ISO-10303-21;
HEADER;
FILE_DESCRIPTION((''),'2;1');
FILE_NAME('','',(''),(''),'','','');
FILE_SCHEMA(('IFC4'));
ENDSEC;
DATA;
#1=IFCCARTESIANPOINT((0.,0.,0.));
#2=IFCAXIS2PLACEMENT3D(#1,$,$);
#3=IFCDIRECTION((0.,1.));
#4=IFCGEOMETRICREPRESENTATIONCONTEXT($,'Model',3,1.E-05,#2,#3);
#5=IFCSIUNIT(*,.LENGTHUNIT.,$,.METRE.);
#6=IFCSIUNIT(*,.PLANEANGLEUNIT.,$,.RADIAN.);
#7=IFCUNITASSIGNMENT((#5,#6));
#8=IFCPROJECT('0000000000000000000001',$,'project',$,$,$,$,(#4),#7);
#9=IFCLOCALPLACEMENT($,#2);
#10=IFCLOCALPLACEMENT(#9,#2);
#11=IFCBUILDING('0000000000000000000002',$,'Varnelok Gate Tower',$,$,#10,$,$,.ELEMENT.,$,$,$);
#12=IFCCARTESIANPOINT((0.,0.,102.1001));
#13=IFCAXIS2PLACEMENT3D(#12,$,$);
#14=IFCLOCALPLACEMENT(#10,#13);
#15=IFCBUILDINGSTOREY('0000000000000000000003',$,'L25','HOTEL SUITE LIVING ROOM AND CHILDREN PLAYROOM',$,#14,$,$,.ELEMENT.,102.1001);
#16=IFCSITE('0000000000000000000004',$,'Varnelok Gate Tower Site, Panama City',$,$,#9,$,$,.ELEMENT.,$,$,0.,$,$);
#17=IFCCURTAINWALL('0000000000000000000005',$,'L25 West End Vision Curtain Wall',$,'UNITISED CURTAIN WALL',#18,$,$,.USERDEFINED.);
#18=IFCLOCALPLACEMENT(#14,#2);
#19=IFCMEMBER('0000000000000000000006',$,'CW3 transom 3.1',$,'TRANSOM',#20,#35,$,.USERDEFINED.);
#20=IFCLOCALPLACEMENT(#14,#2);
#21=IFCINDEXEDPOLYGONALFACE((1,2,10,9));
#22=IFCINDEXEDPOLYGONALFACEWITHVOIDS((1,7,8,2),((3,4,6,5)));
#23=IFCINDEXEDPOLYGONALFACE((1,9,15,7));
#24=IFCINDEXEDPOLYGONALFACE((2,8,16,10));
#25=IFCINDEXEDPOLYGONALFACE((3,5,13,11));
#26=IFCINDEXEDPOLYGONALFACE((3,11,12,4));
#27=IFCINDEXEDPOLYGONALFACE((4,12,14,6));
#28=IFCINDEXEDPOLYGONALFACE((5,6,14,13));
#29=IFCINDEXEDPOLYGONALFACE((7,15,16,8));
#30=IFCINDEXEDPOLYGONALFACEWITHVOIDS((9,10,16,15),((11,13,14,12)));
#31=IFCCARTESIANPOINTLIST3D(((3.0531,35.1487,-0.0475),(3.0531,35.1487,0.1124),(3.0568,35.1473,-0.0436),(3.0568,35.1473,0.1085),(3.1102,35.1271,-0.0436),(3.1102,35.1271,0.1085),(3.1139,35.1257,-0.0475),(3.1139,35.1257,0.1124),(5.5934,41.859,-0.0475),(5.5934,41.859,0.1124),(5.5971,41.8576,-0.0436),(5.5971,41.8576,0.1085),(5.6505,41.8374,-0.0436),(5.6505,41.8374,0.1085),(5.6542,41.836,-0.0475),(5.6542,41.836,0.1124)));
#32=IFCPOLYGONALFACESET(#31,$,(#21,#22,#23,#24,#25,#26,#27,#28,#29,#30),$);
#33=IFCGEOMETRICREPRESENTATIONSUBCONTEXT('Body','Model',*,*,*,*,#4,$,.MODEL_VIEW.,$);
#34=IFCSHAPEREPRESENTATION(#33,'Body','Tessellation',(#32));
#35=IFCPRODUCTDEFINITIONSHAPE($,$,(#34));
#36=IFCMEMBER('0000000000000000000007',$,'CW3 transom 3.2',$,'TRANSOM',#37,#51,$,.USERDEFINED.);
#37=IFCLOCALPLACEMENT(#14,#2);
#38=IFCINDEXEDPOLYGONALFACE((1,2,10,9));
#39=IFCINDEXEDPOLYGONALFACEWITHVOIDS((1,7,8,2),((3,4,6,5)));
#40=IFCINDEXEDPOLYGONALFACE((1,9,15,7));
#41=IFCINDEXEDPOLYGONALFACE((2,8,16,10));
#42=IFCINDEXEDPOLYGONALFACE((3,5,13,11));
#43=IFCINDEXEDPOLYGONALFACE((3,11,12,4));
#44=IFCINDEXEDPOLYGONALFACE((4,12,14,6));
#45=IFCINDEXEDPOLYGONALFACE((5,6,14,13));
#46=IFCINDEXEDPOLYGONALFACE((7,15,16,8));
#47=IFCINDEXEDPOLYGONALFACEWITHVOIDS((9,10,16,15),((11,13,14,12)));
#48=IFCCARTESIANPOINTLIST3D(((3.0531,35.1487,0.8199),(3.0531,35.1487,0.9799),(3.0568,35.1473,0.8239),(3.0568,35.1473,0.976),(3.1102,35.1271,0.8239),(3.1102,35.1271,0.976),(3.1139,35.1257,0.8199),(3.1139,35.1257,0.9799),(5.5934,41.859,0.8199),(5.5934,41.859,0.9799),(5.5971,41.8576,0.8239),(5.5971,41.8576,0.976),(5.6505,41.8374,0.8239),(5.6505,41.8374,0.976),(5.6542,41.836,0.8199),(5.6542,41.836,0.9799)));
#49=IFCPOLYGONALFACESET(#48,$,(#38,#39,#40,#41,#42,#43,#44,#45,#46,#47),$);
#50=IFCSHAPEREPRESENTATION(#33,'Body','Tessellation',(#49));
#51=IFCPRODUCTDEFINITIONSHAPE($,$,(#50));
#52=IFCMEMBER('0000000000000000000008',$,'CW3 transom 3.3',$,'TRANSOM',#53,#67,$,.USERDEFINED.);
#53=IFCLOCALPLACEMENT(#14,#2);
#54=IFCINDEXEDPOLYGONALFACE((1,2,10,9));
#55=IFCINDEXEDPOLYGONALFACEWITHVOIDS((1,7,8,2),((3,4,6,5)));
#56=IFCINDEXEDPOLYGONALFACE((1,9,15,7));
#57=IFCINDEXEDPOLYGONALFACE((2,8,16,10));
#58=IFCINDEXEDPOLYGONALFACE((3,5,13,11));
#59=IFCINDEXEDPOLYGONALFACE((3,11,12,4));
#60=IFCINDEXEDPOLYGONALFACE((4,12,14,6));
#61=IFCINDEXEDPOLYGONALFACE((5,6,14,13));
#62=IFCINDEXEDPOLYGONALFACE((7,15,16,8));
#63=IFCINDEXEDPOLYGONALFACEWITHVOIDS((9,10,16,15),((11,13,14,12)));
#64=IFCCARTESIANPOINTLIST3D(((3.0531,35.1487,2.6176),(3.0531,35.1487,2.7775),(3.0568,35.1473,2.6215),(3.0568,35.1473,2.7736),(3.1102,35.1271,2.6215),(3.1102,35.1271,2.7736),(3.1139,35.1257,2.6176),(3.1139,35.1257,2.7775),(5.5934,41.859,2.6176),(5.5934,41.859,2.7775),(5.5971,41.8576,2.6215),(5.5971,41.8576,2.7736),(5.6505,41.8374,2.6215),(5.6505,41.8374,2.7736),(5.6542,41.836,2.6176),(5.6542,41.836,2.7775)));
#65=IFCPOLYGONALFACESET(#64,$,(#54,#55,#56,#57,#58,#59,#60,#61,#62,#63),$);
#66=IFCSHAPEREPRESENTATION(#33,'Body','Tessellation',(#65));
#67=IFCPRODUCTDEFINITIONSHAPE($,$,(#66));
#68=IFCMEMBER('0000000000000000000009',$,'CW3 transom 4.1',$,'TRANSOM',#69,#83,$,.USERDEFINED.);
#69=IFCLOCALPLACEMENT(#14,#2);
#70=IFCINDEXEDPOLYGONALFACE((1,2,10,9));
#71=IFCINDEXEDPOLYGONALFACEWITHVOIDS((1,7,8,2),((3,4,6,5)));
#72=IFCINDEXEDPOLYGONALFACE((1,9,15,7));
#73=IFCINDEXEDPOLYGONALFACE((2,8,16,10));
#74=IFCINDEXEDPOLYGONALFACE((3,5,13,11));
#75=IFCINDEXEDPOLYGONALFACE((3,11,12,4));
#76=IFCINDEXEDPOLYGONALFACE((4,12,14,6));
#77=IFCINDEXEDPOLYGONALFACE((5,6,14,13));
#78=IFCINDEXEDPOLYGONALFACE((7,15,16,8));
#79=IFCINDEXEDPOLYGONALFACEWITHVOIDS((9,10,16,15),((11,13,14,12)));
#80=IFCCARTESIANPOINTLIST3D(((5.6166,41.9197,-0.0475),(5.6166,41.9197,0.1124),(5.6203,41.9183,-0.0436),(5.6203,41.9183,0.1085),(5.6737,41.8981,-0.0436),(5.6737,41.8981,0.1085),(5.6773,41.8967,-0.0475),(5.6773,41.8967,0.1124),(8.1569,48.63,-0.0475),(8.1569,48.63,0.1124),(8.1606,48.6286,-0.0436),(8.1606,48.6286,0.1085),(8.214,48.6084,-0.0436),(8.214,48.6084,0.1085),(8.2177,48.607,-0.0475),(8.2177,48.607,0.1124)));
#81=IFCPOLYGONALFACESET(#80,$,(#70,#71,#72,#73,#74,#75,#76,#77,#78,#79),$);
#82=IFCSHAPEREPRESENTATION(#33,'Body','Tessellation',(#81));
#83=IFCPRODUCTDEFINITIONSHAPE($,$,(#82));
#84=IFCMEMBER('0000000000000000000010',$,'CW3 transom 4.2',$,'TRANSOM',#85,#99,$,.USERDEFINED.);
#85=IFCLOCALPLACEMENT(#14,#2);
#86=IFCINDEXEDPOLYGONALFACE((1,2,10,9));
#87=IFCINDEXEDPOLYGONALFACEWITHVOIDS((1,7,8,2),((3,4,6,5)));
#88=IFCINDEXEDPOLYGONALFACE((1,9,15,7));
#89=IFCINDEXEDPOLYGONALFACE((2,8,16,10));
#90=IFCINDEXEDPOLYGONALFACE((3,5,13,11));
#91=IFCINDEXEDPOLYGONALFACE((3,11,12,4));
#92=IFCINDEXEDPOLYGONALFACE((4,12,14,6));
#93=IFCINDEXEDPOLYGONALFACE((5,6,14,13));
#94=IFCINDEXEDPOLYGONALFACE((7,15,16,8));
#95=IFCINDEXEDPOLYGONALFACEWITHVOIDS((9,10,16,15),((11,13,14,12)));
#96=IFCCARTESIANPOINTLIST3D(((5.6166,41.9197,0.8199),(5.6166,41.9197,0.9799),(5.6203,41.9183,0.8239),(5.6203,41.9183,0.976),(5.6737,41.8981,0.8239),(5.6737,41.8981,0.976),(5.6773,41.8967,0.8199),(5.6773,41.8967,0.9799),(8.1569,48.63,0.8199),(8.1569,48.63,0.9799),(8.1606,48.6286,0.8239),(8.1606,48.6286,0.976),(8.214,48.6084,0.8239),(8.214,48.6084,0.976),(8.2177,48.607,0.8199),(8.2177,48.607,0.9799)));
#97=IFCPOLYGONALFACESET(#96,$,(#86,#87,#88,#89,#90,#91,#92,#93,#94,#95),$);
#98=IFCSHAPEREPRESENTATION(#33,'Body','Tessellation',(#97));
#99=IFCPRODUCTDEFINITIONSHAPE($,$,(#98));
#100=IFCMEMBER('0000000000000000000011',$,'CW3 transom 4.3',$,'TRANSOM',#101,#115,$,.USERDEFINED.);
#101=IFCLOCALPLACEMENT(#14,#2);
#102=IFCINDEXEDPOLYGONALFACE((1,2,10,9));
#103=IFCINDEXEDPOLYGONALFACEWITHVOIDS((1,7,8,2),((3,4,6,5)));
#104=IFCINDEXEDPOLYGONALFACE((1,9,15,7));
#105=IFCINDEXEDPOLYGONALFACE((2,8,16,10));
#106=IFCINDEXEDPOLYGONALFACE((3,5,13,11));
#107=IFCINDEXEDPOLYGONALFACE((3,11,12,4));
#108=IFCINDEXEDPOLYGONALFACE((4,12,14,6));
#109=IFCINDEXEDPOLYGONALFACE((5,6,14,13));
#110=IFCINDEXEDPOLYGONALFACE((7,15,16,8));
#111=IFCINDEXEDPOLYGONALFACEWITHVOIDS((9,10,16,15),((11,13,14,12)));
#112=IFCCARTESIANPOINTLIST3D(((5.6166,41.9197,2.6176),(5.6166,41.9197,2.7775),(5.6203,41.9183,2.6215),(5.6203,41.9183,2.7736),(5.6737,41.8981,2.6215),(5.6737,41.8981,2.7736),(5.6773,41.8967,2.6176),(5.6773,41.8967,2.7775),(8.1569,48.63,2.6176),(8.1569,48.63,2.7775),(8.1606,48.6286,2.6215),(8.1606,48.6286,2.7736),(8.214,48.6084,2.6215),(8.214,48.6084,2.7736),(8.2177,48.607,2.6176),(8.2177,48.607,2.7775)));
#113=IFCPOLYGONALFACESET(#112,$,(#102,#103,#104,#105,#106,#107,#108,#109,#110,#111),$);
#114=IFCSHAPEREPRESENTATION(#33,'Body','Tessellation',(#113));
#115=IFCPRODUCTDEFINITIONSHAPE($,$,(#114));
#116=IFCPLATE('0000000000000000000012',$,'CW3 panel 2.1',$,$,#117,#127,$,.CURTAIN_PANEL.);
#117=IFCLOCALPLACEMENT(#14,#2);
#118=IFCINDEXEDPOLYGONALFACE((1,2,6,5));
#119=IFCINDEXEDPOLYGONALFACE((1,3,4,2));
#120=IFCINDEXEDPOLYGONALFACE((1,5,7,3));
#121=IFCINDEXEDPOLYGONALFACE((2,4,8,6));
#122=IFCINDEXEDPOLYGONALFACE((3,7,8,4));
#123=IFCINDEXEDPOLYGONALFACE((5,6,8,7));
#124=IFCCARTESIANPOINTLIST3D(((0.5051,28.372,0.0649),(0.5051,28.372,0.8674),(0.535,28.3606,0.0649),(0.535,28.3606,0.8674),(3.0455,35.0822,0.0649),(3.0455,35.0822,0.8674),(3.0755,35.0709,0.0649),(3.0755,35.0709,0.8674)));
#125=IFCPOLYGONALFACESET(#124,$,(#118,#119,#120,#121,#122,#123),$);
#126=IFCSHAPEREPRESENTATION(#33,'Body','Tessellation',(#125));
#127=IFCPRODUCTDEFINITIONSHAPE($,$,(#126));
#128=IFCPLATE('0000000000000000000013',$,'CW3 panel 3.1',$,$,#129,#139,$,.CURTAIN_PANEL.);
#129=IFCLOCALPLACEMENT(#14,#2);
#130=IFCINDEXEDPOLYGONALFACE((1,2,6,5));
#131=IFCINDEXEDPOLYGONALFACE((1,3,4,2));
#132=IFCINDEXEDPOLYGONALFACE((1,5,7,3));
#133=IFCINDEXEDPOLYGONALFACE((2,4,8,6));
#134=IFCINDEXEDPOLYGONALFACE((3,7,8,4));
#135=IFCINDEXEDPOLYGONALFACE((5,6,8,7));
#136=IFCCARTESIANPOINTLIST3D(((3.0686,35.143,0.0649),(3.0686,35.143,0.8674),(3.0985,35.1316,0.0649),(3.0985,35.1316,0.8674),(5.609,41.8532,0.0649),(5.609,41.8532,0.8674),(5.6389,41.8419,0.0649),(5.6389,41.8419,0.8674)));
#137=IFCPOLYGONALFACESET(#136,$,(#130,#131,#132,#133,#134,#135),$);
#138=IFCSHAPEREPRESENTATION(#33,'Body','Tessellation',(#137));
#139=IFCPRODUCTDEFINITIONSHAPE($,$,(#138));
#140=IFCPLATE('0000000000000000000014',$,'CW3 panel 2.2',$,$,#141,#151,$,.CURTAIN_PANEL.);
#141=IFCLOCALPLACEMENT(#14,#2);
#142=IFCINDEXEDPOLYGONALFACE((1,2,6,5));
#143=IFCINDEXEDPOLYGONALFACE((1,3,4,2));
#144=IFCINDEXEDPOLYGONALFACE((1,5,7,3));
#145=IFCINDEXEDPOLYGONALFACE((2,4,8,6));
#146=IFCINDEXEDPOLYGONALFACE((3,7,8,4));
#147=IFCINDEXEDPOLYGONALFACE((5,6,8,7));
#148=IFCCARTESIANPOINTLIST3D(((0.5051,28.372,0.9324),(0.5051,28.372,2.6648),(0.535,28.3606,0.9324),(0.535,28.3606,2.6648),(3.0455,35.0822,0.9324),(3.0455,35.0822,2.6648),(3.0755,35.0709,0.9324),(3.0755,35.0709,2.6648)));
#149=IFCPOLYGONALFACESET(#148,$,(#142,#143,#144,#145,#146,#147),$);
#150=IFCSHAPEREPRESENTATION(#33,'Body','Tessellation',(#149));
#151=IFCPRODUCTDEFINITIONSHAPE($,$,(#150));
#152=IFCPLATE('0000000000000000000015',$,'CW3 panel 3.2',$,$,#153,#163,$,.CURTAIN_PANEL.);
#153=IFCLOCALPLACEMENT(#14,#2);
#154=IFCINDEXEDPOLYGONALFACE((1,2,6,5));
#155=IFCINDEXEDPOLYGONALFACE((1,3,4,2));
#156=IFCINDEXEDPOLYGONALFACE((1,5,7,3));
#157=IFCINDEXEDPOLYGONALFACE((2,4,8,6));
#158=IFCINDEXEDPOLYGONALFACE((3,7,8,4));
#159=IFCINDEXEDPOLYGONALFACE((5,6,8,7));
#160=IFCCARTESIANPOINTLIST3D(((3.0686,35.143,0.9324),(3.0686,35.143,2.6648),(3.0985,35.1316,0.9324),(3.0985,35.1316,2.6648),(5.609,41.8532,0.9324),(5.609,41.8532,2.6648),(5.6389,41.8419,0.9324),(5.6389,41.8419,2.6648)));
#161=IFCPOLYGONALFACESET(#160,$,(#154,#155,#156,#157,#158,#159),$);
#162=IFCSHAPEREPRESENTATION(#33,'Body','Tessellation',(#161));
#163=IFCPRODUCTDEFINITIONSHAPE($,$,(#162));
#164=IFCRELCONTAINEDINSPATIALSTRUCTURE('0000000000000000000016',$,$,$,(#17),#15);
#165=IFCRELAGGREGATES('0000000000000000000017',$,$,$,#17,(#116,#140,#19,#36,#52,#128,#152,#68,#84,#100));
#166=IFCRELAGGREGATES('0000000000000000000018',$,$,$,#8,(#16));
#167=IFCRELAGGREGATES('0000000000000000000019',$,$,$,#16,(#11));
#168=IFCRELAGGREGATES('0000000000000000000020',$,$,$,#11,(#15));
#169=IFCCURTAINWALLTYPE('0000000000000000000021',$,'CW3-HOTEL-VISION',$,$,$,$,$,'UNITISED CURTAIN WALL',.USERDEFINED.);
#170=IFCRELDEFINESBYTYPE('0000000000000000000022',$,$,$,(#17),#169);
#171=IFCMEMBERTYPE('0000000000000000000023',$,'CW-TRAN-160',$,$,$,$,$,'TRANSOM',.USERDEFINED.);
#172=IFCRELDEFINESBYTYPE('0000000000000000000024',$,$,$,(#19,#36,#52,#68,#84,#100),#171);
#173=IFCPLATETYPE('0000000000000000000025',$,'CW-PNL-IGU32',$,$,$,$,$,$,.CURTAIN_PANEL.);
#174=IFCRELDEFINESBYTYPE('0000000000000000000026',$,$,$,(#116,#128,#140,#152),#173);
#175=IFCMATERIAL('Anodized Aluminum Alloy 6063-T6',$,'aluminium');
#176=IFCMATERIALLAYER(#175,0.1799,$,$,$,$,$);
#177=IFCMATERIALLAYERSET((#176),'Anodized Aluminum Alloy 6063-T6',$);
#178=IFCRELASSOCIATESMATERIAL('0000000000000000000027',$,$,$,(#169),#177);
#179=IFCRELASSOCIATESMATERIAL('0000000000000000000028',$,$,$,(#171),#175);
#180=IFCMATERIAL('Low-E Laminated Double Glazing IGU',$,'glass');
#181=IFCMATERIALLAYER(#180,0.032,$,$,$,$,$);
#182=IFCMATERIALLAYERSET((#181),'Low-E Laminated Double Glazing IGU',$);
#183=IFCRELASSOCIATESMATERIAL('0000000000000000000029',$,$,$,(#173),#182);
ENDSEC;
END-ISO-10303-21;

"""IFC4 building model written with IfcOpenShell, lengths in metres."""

from ifc_helpers import new_model, si_unit, direction, frame, origin, origin_2d, place, context, subcontext, project, spatial, rectangle, hollow_rectangle, extrude, source, transform, mapped, material, layer, layer_set, material_profile, profile_set, type_object, element, aggregate, save


model = new_model("IFC4")

# Units and contexts
model_context = context("Model", 3, precision=1e-05, world=origin(), true_north=direction((0.0, 1.0)))
body_context = subcontext(model_context, "Body", "Model", "MODEL_VIEW")
ifc_project = project(units=[si_unit("LENGTHUNIT", "METRE"), si_unit("PLANEANGLEUNIT", "RADIAN")], contexts=[model_context])

# Site, building, storey
site_placement = place(None, origin())
site = spatial("IfcSite", under=ifc_project, at=site_placement, Name="Varnelok Gate Tower Site, Panama City", CompositionType="ELEMENT", RefElevation=0.0)
building_placement = place(site_placement, origin())
building = spatial("IfcBuilding", under=site, at=building_placement, Name="Varnelok Gate Tower", CompositionType="ELEMENT")
storey_placement = place(building_placement, frame((0.0, 0.0, 102.1001)))
storey = spatial("IfcBuildingStorey", under=building, at=storey_placement, Name="L25", Description="HOTEL SUITE LIVING ROOM AND CHILDREN PLAYROOM", CompositionType="ELEMENT", Elevation=102.1001)

# Curtain wall, members, plates
ifc_material_1 = material(Name="Anodized Aluminum Alloy 6063-T6", Category="aluminium")
ifc_layer_1 = layer(ifc_material_1, 0.1799)
ifc_layer_set_1 = layer_set([ifc_layer_1], Name="Anodized Aluminum Alloy 6063-T6")
curtain_wall_type = type_object("IfcCurtainWallType", Name="CW3-HOTEL-VISION", ElementType="UNITISED CURTAIN WALL", PredefinedType="USERDEFINED", material=ifc_layer_set_1)
curtain_wall_placement = place(storey_placement, origin())
curtain_wall = element("IfcCurtainWall", 1, at=curtain_wall_placement, inside=storey, type_object=curtain_wall_type, Name="L25 West End Vision Curtain Wall", ObjectType="UNITISED CURTAIN WALL", PredefinedType="USERDEFINED")
ifc_material_profile_1 = material_profile(ifc_material_1, hollow_rectangle(XDim=0.0649, YDim=0.1599, WallThickness=0.0039, at=origin_2d()), Name="ALU160X65X4")
ifc_profile_set_1 = profile_set([ifc_material_profile_1], Name="Anodized Aluminum Alloy 6063-T6")
member_type_1 = type_object("IfcMemberType", Name="CW-TRAN-160", ElementType="TRANSOM", PredefinedType="USERDEFINED", material=ifc_profile_set_1)
member_1_placement = place(storey_placement, frame((3.0835, 35.1372, 0.0325), z_axis=(0.354049, 0.935227, 0.0), x_axis=(-0.935227, 0.354049, 0.0)))
member_1 = element("IfcMember", 2, at=member_1_placement, type_object=member_type_1, Name="CW3 transom 3.1", ObjectType="TRANSOM", PredefinedType="USERDEFINED", context=body_context, shape_type="SweptSolid", body=[
    extrude(hollow_rectangle(XDim=0.0649, YDim=0.1599, WallThickness=0.0039, at=origin_2d()), origin(), (0.0, 0.0, 1.0), 7.175),
])
member_2_placement = place(storey_placement, frame((3.0835, 35.1372, 0.8999), z_axis=(0.354049, 0.935227, 0.0), x_axis=(-0.935227, 0.354049, 0.0)))
member_2 = element("IfcMember", 3, at=member_2_placement, type_object=member_type_1, Name="CW3 transom 3.2", ObjectType="TRANSOM", PredefinedType="USERDEFINED", context=body_context, shape_type="SweptSolid", body=[
    extrude(hollow_rectangle(XDim=0.0649, YDim=0.1599, WallThickness=0.0039, at=origin_2d()), origin(), (0.0, 0.0, 1.0), 7.175),
])
member_3_placement = place(storey_placement, frame((3.0835, 35.1372, 2.6975), z_axis=(0.354049, 0.935227, 0.0), x_axis=(-0.935227, 0.354049, 0.0)))
member_3 = element("IfcMember", 4, at=member_3_placement, type_object=member_type_1, Name="CW3 transom 3.3", ObjectType="TRANSOM", PredefinedType="USERDEFINED", context=body_context, shape_type="SweptSolid", body=[
    extrude(hollow_rectangle(XDim=0.0649, YDim=0.1599, WallThickness=0.0039, at=origin_2d()), origin(), (0.0, 0.0, 1.0), 7.175),
])
member_4_placement = place(storey_placement, frame((5.647, 41.9082, 0.0325), z_axis=(0.354049, 0.935227, 0.0), x_axis=(-0.935227, 0.354049, 0.0)))
member_4 = element("IfcMember", 5, at=member_4_placement, type_object=member_type_1, Name="CW3 transom 4.1", ObjectType="TRANSOM", PredefinedType="USERDEFINED", context=body_context, shape_type="SweptSolid", body=[
    extrude(hollow_rectangle(XDim=0.0649, YDim=0.1599, WallThickness=0.0039, at=origin_2d()), origin(), (0.0, 0.0, 1.0), 7.175),
])
member_5_placement = place(storey_placement, frame((5.647, 41.9082, 0.8999), z_axis=(0.354049, 0.935227, 0.0), x_axis=(-0.935227, 0.354049, 0.0)))
member_5 = element("IfcMember", 6, at=member_5_placement, type_object=member_type_1, Name="CW3 transom 4.2", ObjectType="TRANSOM", PredefinedType="USERDEFINED", context=body_context, shape_type="SweptSolid", body=[
    extrude(hollow_rectangle(XDim=0.0649, YDim=0.1599, WallThickness=0.0039, at=origin_2d()), origin(), (0.0, 0.0, 1.0), 7.175),
])
member_6_placement = place(storey_placement, frame((5.647, 41.9082, 2.6975), z_axis=(0.354049, 0.935227, 0.0), x_axis=(-0.935227, 0.354049, 0.0)))
member_6 = element("IfcMember", 7, at=member_6_placement, type_object=member_type_1, Name="CW3 transom 4.3", ObjectType="TRANSOM", PredefinedType="USERDEFINED", context=body_context, shape_type="SweptSolid", body=[
    extrude(hollow_rectangle(XDim=0.0649, YDim=0.1599, WallThickness=0.0039, at=origin_2d()), origin(), (0.0, 0.0, 1.0), 7.175),
])
ifc_material_2 = material(Name="Low-E Laminated Double Glazing IGU", Category="glass")
ifc_layer_2 = layer(ifc_material_2, 0.032)
ifc_layer_set_2 = layer_set([ifc_layer_2], Name="Low-E Laminated Double Glazing IGU")
plate_type = type_object("IfcPlateType", Name="CW-PNL-IGU32", PredefinedType="CURTAIN_PANEL", material=ifc_layer_set_2)
shared_shape_1 = source(origin(), body_context, "Body", "SweptSolid", [
    extrude(rectangle(XDim=7.175, YDim=0.032, at=origin_2d()), origin(), (0.0, 0.0, 1.0), 0.8025),
])
plate_1_placement = place(storey_placement, frame((1.7903, 31.7214, 0.0649), z_axis=(0.0, 0.0, 1.0), x_axis=(0.354064, 0.935221, 0.0)))
plate_1 = element("IfcPlate", 8, at=plate_1_placement, type_object=plate_type, Name="CW3 panel 2.1", PredefinedType="CURTAIN_PANEL", context=body_context, shape_type="MappedRepresentation", body=[
    mapped(shared_shape_1, transform((0.0, 0.0, 0.0), scale=1.0)),
])
plate_2_placement = place(storey_placement, frame((4.3538, 38.4924, 0.0649), z_axis=(0.0, 0.0, 1.0), x_axis=(0.354064, 0.935221, 0.0)))
plate_2 = element("IfcPlate", 9, at=plate_2_placement, type_object=plate_type, Name="CW3 panel 3.1", PredefinedType="CURTAIN_PANEL", context=body_context, shape_type="MappedRepresentation", body=[
    mapped(shared_shape_1, transform((0.0, 0.0, 0.0), scale=1.0)),
])
shared_shape_2 = source(origin(), body_context, "Body", "SweptSolid", [
    extrude(rectangle(XDim=7.175, YDim=0.032, at=origin_2d()), origin(), (0.0, 0.0, 1.0), 1.7324),
])
plate_3_placement = place(storey_placement, frame((1.7903, 31.7214, 0.9324), z_axis=(0.0, 0.0, 1.0), x_axis=(0.354064, 0.935221, 0.0)))
plate_3 = element("IfcPlate", 10, at=plate_3_placement, type_object=plate_type, Name="CW3 panel 2.2", PredefinedType="CURTAIN_PANEL", context=body_context, shape_type="MappedRepresentation", body=[
    mapped(shared_shape_2, transform((0.0, 0.0, 0.0), scale=1.0)),
])
plate_4_placement = place(storey_placement, frame((4.3538, 38.4924, 0.9324), z_axis=(0.0, 0.0, 1.0), x_axis=(0.354064, 0.935221, 0.0)))
plate_4 = element("IfcPlate", 11, at=plate_4_placement, type_object=plate_type, Name="CW3 panel 3.2", PredefinedType="CURTAIN_PANEL", context=body_context, shape_type="MappedRepresentation", body=[
    mapped(shared_shape_2, transform((0.0, 0.0, 0.0), scale=1.0)),
])
aggregate(curtain_wall, [plate_1, plate_3, member_1, member_2, member_3, plate_2, plate_4, member_4, member_5, member_6])

save(model, "model.ifc")
